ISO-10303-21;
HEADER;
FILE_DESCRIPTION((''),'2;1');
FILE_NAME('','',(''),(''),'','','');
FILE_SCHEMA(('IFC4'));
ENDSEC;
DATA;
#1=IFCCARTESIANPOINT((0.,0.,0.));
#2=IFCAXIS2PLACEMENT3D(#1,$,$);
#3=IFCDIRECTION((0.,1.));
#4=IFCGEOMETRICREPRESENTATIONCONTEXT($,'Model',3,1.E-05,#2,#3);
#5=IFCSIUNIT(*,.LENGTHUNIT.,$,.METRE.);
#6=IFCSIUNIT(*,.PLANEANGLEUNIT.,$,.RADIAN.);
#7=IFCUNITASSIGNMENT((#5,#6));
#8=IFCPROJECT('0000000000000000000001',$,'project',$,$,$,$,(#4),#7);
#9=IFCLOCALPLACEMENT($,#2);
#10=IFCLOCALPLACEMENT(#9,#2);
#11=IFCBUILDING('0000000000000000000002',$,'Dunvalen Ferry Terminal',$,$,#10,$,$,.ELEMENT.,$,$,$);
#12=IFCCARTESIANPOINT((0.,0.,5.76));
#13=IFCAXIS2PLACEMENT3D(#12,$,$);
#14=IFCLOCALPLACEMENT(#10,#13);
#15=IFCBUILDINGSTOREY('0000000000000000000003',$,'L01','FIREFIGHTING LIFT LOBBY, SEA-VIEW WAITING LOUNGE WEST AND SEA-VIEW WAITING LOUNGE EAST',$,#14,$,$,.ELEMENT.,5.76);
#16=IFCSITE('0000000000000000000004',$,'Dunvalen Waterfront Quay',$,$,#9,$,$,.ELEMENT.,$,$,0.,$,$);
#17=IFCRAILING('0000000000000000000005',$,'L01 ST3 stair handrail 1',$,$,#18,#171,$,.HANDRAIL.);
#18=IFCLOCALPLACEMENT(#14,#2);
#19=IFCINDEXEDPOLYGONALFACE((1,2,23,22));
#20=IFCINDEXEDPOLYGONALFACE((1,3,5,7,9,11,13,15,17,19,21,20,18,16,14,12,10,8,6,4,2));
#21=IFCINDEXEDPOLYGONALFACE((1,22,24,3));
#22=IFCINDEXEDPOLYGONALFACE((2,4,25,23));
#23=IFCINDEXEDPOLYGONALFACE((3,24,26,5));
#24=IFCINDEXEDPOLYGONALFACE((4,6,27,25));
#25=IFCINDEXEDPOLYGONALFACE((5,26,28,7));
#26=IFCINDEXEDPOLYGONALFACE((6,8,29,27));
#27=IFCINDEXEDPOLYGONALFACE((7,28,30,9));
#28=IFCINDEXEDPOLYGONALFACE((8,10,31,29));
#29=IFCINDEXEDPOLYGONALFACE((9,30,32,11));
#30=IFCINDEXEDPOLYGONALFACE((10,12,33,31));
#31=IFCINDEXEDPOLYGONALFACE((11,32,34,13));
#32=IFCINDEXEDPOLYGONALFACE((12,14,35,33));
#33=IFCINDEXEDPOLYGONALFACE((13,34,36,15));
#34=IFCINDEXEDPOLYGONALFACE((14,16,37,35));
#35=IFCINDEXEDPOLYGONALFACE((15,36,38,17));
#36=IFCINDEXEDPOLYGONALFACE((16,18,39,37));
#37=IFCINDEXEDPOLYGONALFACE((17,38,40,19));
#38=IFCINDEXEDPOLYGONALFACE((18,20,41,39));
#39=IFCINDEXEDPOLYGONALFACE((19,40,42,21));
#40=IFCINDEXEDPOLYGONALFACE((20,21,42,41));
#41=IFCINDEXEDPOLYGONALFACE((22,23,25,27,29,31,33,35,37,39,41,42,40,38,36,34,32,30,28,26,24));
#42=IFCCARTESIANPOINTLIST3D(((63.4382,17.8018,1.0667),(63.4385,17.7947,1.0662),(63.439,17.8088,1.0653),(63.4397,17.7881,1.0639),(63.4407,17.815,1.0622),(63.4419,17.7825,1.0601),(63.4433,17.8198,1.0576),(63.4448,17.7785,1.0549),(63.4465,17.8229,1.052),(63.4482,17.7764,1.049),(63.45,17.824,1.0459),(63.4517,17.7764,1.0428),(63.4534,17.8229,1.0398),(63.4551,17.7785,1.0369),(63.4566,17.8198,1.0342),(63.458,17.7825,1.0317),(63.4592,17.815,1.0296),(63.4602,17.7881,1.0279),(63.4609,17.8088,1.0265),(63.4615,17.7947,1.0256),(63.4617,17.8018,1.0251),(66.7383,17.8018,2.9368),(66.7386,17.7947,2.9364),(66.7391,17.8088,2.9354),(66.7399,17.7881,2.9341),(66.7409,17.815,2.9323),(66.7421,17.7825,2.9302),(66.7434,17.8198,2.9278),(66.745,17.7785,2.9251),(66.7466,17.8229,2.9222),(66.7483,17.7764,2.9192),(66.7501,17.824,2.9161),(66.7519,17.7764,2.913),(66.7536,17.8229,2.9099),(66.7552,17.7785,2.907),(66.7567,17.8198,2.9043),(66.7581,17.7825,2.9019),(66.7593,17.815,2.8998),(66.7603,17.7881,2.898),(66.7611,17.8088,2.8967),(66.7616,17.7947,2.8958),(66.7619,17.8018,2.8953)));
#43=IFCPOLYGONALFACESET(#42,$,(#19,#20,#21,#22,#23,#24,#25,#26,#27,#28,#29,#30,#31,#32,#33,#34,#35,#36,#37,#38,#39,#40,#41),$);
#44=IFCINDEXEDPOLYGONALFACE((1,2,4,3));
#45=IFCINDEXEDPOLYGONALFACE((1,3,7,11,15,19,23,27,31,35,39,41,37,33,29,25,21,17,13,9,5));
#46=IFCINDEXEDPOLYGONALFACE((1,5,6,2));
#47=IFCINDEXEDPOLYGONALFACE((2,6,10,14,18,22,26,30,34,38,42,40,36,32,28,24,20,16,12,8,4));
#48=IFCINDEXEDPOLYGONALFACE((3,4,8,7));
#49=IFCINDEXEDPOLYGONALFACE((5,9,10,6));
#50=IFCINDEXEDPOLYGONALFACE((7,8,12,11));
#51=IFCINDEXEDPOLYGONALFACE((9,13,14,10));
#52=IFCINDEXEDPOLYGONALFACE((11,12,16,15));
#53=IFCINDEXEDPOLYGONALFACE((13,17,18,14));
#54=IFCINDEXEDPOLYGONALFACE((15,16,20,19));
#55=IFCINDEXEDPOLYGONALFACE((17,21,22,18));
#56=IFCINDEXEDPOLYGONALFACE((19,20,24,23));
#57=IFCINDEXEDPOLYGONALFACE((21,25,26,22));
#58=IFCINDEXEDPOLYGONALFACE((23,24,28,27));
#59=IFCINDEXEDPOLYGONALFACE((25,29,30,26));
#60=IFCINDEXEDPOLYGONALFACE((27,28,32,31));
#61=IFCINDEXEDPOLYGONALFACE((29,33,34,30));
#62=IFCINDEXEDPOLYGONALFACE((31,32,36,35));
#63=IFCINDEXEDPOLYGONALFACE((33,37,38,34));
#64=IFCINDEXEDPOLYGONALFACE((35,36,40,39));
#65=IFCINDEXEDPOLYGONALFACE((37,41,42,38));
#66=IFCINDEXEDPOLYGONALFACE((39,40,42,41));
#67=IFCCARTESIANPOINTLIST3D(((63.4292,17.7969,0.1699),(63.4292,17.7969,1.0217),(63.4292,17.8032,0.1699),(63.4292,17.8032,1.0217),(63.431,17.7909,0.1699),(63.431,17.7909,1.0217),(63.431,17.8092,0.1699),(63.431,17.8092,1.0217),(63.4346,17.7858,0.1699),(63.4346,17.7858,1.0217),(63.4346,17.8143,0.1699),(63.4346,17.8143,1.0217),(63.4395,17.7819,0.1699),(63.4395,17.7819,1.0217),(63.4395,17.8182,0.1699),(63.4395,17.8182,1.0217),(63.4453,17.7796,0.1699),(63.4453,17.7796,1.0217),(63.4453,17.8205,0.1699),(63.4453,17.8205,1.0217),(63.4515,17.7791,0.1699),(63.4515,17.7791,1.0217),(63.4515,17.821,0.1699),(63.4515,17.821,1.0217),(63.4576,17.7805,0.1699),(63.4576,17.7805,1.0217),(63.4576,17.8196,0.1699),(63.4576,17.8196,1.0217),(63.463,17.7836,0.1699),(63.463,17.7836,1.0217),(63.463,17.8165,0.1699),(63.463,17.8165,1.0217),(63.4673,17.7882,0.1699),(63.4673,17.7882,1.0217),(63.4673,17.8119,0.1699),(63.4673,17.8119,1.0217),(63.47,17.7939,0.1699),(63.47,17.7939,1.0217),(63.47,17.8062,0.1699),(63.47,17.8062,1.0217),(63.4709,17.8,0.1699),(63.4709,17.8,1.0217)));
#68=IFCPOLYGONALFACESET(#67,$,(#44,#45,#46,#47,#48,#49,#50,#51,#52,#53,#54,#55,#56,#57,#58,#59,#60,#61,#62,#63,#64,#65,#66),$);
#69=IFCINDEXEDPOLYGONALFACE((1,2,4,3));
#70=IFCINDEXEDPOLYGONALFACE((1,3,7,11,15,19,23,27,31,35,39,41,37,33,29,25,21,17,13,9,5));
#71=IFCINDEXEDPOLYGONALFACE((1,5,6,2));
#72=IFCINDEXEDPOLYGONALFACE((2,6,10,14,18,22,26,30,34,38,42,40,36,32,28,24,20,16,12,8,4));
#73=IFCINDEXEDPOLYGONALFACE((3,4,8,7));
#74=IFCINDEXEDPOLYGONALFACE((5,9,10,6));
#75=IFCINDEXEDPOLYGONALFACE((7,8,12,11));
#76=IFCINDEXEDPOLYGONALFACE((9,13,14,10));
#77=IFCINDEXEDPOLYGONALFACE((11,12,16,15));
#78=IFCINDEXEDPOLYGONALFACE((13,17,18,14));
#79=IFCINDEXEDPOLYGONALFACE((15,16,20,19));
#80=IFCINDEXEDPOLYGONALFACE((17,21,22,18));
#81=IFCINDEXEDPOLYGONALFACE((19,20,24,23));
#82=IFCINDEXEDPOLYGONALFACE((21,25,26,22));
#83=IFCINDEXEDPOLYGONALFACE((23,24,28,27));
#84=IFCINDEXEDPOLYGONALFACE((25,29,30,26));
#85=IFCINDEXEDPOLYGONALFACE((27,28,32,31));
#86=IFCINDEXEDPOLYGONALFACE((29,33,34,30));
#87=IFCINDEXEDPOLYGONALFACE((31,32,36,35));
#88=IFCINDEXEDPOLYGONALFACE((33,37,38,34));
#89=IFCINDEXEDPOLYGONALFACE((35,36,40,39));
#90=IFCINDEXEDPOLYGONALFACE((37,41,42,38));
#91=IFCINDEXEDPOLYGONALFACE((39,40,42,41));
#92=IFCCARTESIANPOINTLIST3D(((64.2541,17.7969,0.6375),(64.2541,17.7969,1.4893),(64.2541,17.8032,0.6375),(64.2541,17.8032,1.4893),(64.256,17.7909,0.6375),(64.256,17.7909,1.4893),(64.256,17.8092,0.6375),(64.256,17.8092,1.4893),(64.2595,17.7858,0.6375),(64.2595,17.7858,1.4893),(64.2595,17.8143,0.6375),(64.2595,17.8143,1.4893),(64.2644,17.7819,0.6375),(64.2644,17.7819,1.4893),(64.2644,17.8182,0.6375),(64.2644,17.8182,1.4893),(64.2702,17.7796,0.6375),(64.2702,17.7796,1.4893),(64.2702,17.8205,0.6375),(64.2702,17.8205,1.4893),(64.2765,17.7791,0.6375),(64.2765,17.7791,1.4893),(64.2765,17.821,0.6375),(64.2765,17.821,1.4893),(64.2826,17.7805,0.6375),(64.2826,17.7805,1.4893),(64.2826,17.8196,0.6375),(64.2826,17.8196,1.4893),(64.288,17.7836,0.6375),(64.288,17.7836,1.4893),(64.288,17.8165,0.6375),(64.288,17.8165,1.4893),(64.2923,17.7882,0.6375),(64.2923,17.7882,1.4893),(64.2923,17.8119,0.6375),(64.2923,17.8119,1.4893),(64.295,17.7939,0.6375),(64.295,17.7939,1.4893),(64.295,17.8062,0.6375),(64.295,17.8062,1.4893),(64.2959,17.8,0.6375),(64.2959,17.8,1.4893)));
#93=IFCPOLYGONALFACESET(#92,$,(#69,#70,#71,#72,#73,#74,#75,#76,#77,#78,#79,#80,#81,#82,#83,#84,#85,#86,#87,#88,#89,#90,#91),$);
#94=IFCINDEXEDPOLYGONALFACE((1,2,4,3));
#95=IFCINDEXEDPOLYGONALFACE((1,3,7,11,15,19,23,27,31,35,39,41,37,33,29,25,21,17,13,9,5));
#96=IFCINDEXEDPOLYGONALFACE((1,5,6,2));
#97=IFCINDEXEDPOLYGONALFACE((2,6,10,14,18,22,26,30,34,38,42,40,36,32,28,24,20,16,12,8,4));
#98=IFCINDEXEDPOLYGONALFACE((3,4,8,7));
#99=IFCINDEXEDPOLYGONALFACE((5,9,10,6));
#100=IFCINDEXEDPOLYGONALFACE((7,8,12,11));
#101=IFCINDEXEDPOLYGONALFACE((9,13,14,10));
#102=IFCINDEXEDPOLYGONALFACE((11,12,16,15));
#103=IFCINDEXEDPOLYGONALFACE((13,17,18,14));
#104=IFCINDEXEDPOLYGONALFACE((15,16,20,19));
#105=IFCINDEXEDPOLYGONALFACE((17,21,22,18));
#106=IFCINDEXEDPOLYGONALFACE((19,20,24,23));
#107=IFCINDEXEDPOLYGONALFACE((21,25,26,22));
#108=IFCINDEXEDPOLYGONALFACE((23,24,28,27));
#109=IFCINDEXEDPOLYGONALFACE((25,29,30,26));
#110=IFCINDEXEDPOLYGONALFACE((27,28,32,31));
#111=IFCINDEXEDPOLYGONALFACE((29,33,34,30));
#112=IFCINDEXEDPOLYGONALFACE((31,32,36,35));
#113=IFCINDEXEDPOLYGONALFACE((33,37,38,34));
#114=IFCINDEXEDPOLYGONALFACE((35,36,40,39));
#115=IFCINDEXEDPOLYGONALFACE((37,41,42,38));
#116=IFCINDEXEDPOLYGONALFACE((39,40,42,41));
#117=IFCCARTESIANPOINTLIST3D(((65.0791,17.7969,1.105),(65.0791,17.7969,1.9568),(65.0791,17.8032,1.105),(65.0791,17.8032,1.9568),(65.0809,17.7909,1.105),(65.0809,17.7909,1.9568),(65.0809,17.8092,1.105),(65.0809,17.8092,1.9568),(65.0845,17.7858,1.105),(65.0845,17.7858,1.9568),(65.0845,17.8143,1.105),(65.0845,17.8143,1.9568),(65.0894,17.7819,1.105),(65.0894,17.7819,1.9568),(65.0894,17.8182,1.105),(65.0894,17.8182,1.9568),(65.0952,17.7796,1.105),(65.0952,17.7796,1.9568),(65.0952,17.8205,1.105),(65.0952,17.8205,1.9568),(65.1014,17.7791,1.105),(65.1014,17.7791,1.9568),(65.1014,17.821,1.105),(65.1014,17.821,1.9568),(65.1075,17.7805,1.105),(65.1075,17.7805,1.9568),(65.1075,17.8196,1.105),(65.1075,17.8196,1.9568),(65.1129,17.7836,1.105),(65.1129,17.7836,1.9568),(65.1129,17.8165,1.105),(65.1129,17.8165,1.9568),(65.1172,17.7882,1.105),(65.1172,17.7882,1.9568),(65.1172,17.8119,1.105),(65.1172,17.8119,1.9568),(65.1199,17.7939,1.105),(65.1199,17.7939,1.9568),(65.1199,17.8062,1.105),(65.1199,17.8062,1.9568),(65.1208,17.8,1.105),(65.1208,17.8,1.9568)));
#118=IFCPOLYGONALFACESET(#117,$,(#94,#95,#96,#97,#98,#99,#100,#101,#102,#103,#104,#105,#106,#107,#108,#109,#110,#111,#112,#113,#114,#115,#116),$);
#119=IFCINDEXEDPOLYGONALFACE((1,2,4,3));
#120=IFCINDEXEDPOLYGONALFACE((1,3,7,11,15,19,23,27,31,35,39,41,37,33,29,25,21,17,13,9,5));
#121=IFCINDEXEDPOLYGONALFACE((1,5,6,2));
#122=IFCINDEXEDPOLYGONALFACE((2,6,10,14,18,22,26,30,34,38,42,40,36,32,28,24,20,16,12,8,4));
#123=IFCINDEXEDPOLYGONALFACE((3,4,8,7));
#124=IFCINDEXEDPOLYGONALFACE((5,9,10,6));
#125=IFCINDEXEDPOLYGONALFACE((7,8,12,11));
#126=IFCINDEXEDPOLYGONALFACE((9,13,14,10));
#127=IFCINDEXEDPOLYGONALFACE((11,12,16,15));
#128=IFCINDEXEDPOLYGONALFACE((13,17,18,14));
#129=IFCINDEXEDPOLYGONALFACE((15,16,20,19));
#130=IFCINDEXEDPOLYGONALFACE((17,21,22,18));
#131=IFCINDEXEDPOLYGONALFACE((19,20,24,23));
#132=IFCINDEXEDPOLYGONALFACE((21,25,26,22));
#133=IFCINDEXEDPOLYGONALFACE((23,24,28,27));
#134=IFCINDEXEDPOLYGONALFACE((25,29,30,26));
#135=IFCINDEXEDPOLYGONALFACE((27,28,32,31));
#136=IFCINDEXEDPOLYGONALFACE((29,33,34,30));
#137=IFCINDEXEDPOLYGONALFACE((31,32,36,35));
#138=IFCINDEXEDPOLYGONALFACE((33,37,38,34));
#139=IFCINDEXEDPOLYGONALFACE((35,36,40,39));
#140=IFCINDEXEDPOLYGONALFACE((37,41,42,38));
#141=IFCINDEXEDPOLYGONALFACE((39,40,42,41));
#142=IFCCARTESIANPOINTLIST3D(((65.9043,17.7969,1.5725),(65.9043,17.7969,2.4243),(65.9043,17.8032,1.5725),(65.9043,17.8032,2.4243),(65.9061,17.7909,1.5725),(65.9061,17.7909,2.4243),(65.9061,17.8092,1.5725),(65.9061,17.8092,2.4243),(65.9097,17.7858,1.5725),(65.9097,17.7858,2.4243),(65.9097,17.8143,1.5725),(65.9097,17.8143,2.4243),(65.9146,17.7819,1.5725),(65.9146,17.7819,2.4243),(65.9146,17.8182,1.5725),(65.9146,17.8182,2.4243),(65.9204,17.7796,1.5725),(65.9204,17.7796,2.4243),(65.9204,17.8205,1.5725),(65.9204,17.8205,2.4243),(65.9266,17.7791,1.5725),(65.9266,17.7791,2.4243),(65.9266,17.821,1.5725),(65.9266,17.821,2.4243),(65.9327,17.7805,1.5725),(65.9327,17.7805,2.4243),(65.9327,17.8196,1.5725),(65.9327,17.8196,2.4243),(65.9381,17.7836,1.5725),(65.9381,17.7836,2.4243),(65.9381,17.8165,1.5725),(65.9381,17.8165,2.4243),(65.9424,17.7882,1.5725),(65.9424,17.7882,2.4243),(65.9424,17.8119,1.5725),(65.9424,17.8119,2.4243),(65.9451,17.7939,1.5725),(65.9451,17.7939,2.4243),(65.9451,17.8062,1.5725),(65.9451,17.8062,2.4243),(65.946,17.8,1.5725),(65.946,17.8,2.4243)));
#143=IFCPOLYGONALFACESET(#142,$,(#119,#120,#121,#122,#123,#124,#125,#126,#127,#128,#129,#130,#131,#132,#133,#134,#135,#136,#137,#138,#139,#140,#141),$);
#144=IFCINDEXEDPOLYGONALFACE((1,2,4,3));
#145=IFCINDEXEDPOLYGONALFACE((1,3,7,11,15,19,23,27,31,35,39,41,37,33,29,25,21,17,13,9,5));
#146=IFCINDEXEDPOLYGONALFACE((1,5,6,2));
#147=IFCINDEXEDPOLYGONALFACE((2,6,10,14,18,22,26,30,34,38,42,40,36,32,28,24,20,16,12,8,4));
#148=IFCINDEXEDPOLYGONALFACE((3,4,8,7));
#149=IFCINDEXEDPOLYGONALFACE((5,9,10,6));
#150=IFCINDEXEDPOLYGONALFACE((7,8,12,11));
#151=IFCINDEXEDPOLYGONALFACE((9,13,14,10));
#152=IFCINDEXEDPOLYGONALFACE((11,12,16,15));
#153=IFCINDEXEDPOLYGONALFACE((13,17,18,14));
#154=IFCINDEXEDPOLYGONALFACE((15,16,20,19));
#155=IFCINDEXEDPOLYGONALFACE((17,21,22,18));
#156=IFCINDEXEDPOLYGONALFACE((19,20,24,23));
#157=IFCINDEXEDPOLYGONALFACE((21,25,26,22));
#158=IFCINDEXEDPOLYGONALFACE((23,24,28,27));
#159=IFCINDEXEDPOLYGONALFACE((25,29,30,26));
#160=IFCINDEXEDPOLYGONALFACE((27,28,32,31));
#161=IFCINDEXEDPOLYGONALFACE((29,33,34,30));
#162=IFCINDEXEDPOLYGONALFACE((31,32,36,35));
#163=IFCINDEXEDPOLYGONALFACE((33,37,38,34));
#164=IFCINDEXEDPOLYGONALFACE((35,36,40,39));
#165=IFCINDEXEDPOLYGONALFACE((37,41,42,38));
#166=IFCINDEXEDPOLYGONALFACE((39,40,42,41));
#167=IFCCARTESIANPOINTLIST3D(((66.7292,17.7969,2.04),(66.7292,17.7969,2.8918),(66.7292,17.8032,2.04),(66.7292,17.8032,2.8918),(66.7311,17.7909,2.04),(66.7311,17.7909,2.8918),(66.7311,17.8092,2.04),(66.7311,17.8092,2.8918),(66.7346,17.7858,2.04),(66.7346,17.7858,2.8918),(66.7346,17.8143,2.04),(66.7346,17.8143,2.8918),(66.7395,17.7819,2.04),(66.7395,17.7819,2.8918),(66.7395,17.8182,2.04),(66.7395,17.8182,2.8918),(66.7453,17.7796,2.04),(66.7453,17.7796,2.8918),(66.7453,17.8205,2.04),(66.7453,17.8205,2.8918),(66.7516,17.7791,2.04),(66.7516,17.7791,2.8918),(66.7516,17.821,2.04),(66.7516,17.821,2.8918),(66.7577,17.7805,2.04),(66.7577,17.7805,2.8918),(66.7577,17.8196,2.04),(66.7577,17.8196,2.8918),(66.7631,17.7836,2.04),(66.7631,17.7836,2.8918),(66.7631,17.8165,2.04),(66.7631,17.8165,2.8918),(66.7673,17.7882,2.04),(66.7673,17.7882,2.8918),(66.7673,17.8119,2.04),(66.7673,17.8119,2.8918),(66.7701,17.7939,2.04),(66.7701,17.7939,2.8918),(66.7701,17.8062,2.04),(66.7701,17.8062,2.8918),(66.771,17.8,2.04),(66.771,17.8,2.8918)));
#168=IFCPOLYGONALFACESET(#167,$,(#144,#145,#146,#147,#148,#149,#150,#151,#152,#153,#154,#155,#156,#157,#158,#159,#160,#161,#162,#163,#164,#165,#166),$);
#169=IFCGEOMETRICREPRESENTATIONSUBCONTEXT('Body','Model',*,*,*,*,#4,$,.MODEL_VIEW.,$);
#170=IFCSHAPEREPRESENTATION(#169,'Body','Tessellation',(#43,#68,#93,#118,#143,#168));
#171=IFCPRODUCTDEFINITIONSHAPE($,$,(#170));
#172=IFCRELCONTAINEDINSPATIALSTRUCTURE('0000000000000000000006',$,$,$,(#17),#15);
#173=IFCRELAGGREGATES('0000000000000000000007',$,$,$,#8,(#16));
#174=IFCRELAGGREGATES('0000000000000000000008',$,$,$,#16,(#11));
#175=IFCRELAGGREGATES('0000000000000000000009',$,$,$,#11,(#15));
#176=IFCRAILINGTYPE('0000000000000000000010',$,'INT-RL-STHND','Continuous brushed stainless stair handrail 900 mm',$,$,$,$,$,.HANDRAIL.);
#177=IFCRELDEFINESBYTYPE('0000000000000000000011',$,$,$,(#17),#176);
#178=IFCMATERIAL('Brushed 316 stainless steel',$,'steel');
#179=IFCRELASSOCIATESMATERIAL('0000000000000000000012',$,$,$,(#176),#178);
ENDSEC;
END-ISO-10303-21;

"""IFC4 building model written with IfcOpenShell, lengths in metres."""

from ifc_helpers import new_model, si_unit, direction, frame, origin, origin_2d, place, context, subcontext, project, spatial, circle, extrude, material, type_object, element, save


model = new_model("IFC4")

# Units and contexts
model_context = context("Model", 3, precision=1e-05, world=origin(), true_north=direction((0.0, 1.0)))
body_context = subcontext(model_context, "Body", "Model", "MODEL_VIEW")
ifc_project = project(units=[si_unit("LENGTHUNIT", "METRE"), si_unit("PLANEANGLEUNIT", "RADIAN")], contexts=[model_context])

# Site, building, storey
site_placement = place(None, origin())
site = spatial("IfcSite", under=ifc_project, at=site_placement, Name="Dunvalen Waterfront Quay", CompositionType="ELEMENT", RefElevation=0.0)
building_placement = place(site_placement, origin())
building = spatial("IfcBuilding", under=site, at=building_placement, Name="Dunvalen Ferry Terminal", CompositionType="ELEMENT")
storey_placement = place(building_placement, frame((0.0, 0.0, 5.76)))
storey = spatial("IfcBuildingStorey", under=building, at=storey_placement, Name="L01", Description="FIREFIGHTING LIFT LOBBY, SEA-VIEW WAITING LOUNGE WEST AND SEA-VIEW WAITING LOUNGE EAST", CompositionType="ELEMENT", Elevation=5.76)

# Railing
ifc_material_1 = material(Name="Brushed 316 stainless steel", Category="steel")
railing_type_1 = type_object("IfcRailingType", Name="INT-RL-STHND", Description="Continuous brushed stainless stair handrail 900 mm", PredefinedType="HANDRAIL", material=ifc_material_1)
railing_1_placement = place(storey_placement, frame((63.45, 17.8, 0.1699)))
element("IfcRailing", 1, at=railing_1_placement, inside=storey, type_object=railing_type_1, Name="L01 ST3 stair handrail 1", PredefinedType="HANDRAIL", context=body_context, shape_type="SweptSolid", body=[
    extrude(circle(Radius=0.0239, at=origin_2d()), frame((0.0, 0.0, 0.876), z_axis=(0.870012, 0.0, 0.49303), x_axis=(0.0, 1.0, 0.0)), (0.0, 0.0, 1.0), 3.7932),
    extrude(circle(Radius=0.021, at=origin_2d()), origin(), (0.0, 0.0, 1.0), 0.8518),
    extrude(circle(Radius=0.021, at=origin_2d()), frame((0.825, 0.0, 0.4675)), (0.0, 0.0, 1.0), 0.8518),
    extrude(circle(Radius=0.021, at=origin_2d()), frame((1.6499, 0.0, 0.9351)), (0.0, 0.0, 1.0), 0.8518),
    extrude(circle(Radius=0.021, at=origin_2d()), frame((2.4751, 0.0, 1.4026)), (0.0, 0.0, 1.0), 0.8518),
    extrude(circle(Radius=0.021, at=origin_2d()), frame((3.3, 0.0, 1.8701)), (0.0, 0.0, 1.0), 0.8518),
])

save(model, "model.ifc")
